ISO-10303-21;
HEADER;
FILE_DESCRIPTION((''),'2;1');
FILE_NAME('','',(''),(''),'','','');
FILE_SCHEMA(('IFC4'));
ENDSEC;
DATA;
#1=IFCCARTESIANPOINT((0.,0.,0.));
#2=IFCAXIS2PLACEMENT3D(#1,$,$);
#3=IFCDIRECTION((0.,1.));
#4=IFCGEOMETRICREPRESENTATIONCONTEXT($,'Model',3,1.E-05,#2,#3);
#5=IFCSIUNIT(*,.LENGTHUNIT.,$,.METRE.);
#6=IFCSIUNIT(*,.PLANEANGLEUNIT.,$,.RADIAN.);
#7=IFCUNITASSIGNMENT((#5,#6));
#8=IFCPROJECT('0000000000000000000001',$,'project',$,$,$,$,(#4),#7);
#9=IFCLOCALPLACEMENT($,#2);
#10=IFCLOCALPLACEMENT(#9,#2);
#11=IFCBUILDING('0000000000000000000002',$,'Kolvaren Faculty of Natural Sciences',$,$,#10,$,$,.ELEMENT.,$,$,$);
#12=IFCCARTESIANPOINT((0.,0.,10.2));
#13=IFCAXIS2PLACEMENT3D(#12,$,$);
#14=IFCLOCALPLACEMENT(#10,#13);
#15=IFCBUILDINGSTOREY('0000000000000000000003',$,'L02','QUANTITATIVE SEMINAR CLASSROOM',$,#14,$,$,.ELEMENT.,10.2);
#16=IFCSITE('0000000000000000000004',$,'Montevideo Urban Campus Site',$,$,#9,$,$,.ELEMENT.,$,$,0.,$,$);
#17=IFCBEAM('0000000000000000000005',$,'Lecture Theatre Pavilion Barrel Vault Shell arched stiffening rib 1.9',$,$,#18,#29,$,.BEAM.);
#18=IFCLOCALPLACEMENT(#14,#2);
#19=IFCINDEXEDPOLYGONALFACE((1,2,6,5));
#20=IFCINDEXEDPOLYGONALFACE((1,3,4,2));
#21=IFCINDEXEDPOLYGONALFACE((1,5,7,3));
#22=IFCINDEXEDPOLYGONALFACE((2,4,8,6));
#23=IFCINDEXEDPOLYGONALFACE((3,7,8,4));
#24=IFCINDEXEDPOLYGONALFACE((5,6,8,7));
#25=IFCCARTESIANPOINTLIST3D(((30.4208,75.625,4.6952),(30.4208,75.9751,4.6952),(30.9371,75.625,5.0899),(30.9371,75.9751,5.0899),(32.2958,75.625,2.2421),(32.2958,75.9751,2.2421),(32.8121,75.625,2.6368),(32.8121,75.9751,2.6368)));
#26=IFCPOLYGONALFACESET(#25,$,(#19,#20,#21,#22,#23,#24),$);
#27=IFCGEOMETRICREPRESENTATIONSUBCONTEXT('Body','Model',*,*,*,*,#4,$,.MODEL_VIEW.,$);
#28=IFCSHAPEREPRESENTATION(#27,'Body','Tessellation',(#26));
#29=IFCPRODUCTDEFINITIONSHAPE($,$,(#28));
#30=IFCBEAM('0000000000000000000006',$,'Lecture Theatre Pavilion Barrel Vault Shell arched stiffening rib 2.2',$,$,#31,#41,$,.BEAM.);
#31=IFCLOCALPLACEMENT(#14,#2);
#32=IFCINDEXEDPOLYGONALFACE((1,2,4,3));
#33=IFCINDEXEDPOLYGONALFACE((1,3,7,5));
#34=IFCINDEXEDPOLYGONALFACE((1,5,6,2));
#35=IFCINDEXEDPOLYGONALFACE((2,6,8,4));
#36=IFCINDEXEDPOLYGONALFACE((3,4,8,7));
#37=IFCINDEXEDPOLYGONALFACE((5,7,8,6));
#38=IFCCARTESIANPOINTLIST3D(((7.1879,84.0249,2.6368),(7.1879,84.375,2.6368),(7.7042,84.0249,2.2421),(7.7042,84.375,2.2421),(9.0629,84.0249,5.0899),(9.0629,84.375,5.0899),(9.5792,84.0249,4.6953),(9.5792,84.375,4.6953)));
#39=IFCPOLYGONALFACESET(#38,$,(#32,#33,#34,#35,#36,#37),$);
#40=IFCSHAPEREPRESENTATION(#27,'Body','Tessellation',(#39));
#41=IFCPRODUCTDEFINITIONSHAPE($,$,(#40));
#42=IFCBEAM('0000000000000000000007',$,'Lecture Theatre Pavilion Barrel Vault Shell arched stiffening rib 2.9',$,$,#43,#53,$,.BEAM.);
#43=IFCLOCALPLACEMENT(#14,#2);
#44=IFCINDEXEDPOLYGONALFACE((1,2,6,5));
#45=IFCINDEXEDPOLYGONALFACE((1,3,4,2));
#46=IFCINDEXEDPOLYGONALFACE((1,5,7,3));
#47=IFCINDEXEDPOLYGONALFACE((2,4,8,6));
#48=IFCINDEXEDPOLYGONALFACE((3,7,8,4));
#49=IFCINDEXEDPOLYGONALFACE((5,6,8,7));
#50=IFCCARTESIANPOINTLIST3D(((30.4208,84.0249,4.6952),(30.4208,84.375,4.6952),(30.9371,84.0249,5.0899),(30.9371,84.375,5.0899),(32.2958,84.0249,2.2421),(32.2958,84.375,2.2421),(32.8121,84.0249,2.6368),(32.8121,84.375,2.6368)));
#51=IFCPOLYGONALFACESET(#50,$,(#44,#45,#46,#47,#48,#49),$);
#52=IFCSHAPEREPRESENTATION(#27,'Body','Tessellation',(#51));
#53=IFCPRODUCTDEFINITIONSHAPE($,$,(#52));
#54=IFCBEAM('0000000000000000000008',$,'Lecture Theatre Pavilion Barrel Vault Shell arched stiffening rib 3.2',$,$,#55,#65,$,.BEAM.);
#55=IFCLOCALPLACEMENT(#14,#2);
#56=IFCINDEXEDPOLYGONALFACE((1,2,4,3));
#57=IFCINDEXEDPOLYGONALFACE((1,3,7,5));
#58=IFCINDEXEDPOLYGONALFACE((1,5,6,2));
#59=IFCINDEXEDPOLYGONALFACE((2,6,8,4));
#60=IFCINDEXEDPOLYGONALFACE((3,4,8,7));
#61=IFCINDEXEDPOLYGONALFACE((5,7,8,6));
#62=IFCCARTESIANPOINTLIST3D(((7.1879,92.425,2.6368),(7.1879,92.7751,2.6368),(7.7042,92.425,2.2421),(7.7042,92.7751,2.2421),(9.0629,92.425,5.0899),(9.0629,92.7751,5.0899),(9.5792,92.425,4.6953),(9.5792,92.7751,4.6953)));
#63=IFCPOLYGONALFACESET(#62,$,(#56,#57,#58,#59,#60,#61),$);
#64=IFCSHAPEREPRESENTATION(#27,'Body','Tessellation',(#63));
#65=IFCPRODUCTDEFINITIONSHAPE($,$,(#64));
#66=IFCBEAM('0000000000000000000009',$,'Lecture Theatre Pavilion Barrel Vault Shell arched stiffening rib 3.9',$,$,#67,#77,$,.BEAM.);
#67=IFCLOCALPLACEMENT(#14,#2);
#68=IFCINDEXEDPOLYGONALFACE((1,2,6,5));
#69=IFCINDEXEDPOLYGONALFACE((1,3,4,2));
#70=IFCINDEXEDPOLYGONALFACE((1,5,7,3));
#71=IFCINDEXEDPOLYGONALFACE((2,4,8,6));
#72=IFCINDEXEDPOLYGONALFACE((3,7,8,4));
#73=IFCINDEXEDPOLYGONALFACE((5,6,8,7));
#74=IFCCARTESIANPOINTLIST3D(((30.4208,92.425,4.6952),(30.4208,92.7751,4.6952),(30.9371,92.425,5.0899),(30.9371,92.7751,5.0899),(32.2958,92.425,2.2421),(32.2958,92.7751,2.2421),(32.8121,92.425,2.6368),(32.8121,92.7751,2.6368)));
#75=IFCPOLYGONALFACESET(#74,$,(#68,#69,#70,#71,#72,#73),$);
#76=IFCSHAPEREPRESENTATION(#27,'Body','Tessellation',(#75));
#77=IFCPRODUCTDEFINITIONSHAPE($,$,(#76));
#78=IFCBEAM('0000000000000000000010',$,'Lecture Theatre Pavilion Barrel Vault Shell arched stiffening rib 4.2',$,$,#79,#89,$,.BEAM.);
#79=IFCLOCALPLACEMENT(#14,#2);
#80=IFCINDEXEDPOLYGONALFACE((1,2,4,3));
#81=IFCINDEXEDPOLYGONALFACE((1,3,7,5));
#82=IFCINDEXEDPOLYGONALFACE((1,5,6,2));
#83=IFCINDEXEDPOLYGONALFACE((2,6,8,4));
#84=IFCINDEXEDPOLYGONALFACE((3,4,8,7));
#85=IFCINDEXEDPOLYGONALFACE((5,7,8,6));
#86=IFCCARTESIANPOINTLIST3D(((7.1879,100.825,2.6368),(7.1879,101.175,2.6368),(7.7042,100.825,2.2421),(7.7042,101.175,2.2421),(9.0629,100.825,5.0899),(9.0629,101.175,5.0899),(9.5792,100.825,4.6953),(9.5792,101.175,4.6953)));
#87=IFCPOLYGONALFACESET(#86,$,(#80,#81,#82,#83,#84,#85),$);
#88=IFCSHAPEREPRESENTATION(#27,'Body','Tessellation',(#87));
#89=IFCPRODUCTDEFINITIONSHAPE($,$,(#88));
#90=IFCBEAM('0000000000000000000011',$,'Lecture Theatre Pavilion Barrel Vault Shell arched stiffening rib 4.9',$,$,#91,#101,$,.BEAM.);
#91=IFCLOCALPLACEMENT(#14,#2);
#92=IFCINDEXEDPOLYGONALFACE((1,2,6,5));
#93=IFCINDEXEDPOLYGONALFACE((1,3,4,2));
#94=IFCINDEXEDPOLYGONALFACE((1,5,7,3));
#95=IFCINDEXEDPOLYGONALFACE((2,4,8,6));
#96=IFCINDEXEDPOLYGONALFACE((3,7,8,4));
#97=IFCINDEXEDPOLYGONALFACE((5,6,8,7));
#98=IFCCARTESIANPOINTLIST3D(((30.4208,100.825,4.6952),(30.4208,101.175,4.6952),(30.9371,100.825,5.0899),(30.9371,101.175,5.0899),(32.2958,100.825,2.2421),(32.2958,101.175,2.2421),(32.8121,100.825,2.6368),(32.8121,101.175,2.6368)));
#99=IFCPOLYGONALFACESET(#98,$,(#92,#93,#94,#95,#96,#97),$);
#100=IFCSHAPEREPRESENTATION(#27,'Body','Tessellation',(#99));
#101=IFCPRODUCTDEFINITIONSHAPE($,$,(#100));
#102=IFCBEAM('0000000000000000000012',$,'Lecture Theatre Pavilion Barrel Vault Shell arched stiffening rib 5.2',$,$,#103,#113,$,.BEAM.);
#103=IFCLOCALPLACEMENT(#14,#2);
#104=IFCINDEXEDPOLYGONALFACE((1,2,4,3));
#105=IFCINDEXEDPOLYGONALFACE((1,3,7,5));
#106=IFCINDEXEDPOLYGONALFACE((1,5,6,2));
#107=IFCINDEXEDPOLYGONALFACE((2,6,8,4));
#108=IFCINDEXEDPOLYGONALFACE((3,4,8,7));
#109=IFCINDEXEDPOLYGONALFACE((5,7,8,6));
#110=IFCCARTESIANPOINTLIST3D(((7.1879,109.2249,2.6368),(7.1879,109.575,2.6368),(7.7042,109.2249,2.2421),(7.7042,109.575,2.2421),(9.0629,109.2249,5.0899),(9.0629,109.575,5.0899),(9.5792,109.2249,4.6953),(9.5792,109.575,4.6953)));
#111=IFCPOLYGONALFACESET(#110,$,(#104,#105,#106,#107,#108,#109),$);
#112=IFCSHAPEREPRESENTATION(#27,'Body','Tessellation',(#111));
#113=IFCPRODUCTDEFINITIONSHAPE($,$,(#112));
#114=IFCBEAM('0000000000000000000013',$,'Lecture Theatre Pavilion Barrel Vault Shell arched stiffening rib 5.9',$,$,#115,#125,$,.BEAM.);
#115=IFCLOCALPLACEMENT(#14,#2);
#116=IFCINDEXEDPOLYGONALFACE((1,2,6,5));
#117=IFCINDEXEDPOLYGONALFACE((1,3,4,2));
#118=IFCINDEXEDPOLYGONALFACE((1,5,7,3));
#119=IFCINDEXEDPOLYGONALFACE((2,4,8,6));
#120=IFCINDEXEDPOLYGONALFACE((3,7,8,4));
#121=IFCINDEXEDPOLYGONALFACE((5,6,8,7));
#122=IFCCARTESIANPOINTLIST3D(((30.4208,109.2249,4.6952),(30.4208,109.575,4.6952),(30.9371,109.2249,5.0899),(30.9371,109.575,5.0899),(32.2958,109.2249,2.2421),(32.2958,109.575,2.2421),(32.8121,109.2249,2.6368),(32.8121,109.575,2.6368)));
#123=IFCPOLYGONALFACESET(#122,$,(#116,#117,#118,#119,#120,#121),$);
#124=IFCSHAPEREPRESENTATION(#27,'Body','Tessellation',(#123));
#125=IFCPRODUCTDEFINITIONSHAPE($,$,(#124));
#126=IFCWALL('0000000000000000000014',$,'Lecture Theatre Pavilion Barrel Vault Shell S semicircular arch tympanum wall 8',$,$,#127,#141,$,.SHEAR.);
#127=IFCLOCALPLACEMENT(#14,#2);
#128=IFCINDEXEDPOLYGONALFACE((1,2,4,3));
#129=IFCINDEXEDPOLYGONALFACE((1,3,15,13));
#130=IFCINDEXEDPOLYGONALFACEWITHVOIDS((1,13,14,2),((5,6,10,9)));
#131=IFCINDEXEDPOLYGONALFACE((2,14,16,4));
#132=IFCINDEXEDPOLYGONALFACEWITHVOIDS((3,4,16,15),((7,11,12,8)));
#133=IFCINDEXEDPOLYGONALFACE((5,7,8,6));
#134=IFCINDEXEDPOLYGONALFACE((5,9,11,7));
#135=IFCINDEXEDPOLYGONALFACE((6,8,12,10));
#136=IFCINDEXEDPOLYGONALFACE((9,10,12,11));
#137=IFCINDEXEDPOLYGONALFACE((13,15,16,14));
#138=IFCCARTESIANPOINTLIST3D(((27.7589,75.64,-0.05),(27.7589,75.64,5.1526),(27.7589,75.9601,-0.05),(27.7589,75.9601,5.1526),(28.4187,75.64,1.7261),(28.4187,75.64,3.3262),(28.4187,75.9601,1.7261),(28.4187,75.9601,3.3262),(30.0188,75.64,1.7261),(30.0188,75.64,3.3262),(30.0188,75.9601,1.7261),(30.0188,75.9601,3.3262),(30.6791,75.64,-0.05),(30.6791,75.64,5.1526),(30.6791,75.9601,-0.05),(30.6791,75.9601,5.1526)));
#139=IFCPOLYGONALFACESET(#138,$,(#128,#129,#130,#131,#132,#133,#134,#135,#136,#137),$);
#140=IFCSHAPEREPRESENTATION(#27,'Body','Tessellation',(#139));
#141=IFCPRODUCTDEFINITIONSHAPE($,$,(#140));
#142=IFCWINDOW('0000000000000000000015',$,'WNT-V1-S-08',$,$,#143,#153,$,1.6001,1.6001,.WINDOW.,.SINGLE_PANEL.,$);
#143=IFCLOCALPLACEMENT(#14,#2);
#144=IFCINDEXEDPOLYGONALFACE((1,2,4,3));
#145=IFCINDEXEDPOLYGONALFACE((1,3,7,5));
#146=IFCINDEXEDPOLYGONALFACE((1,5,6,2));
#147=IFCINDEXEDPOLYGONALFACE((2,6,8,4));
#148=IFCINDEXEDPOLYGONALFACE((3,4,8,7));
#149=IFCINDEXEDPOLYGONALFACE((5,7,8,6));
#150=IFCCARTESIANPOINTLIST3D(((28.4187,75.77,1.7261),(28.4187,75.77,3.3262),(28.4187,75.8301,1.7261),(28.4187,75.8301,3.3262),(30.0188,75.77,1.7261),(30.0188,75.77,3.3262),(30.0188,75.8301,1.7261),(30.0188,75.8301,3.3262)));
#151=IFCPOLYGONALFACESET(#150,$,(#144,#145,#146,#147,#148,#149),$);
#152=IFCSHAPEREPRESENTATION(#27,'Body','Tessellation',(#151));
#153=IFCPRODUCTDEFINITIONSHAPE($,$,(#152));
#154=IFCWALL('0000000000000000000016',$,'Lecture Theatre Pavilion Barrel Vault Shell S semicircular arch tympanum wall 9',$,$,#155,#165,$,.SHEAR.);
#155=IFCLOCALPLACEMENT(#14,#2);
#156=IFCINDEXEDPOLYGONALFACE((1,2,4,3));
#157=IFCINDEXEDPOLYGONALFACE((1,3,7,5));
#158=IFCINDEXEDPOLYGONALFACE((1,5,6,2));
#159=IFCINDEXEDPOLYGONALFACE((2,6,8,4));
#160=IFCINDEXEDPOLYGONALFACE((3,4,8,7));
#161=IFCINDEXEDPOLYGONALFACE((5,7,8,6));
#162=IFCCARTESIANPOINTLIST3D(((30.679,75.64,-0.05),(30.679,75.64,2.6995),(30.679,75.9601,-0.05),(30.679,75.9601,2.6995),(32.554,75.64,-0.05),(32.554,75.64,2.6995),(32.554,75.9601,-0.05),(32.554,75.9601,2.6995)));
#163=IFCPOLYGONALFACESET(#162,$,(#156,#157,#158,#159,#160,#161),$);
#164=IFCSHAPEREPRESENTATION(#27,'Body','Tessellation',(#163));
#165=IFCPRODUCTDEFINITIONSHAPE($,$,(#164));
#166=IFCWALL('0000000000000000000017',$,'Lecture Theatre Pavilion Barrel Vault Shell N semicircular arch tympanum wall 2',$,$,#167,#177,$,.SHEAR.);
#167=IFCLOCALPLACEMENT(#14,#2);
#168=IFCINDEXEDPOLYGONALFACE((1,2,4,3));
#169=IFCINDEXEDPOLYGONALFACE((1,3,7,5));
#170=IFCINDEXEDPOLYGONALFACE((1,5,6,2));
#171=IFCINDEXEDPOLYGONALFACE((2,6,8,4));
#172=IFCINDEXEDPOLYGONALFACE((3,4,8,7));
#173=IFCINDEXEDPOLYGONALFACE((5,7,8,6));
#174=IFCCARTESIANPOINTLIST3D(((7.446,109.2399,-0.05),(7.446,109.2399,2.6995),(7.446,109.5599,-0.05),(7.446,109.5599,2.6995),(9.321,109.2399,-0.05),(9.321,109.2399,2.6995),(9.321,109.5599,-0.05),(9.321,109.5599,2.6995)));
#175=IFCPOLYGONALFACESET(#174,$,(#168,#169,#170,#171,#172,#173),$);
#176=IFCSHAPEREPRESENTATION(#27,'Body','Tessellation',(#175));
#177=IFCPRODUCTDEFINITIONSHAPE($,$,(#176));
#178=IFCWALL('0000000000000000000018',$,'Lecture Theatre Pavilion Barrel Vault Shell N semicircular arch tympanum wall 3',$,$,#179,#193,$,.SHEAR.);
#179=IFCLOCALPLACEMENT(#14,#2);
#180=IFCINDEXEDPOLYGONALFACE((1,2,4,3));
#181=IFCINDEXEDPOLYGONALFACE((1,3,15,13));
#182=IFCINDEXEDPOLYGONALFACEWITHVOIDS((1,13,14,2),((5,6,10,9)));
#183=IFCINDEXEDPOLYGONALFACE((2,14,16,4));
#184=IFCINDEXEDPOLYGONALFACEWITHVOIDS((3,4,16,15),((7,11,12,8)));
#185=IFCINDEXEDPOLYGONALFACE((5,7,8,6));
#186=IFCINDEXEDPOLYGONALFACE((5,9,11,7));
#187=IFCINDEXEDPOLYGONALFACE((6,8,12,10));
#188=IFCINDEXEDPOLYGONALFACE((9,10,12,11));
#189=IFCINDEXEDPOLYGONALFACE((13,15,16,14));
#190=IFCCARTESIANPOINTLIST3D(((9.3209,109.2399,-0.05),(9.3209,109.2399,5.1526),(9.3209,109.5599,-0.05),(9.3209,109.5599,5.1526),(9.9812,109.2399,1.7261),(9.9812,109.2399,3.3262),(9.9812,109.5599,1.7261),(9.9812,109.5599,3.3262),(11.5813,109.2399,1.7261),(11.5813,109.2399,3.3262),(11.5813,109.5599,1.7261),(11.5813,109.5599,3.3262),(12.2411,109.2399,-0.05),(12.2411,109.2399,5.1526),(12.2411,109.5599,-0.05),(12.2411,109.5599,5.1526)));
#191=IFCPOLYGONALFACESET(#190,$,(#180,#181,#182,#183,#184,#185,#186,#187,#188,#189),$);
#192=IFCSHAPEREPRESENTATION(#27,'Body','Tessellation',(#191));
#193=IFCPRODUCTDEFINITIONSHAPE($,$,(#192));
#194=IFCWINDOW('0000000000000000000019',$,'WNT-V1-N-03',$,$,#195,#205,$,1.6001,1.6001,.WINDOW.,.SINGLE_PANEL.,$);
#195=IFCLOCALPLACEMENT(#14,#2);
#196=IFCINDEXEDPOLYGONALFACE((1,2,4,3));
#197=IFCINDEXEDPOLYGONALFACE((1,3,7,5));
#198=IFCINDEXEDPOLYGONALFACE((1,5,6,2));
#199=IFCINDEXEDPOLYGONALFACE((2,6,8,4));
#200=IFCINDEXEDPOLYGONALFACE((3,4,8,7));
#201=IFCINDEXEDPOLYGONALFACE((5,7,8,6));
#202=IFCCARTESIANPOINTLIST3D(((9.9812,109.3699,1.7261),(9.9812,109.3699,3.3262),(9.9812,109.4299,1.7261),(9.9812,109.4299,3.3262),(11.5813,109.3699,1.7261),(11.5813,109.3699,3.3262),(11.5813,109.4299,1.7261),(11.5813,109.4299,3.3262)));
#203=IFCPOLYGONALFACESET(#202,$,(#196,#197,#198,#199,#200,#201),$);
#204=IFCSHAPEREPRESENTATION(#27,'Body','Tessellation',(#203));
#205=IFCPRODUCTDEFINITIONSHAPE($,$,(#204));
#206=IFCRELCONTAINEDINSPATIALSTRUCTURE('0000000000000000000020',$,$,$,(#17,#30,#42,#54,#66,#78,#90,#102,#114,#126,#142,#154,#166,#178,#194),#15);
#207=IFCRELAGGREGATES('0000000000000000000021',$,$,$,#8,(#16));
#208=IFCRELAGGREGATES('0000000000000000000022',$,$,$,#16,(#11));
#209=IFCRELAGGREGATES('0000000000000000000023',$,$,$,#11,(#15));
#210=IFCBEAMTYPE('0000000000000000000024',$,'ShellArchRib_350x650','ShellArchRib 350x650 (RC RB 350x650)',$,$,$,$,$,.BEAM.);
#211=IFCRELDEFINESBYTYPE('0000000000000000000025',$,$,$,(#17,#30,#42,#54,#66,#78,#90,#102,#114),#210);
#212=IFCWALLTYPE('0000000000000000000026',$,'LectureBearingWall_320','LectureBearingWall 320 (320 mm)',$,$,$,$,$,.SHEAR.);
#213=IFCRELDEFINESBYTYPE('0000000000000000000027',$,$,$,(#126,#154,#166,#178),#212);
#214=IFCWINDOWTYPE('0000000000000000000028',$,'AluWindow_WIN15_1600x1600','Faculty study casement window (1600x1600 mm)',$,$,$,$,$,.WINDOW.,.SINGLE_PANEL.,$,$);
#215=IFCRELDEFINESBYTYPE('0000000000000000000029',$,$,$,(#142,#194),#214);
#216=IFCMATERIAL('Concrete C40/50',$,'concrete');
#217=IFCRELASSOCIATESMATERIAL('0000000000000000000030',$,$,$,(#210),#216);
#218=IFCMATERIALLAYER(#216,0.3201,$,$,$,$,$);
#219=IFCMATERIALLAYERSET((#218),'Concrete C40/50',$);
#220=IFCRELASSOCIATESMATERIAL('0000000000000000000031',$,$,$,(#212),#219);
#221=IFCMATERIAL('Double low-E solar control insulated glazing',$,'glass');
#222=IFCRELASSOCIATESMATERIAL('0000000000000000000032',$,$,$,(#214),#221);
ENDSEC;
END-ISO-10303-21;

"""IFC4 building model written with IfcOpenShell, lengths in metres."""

from ifc_helpers import new_model, si_unit, direction, frame, frame_2d, origin, origin_2d, place, context, subcontext, project, spatial, rectangle, extrude, material, layer, layer_set, material_profile, profile_set, type_object, element, fill, save


model = new_model("IFC4")

# Units and contexts
model_context = context("Model", 3, precision=1e-05, world=origin(), true_north=direction((0.0, 1.0)))
body_context = subcontext(model_context, "Body", "Model", "MODEL_VIEW")
ifc_project = project(units=[si_unit("LENGTHUNIT", "METRE"), si_unit("PLANEANGLEUNIT", "RADIAN")], contexts=[model_context])

# Site, building, storey
site_placement = place(None, origin())
site = spatial("IfcSite", under=ifc_project, at=site_placement, Name="Montevideo Urban Campus Site", CompositionType="ELEMENT", RefElevation=0.0)
building_placement = place(site_placement, origin())
building = spatial("IfcBuilding", under=site, at=building_placement, Name="Kolvaren Faculty of Natural Sciences", CompositionType="ELEMENT")
storey_placement = place(building_placement, frame((0.0, 0.0, 10.2)))
storey = spatial("IfcBuildingStorey", under=building, at=storey_placement, Name="L02", Description="QUANTITATIVE SEMINAR CLASSROOM", CompositionType="ELEMENT", Elevation=10.2)

# Beams
ifc_material_1 = material(Name="Concrete C40/50", Category="concrete")
ifc_material_profile = material_profile(ifc_material_1, rectangle(XDim=0.3501, YDim=0.6499, at=origin_2d()), Name="RC RB 350x650")
ifc_profile_set = profile_set([ifc_material_profile], Name="Concrete C40/50")
beam_type = type_object("IfcBeamType", Name="ShellArchRib_350x650", Description="ShellArchRib 350x650 (RC RB 350x650)", PredefinedType="BEAM", material=ifc_profile_set)
for number, where, z_axis, x_axis, name in (
    (1, (30.679, 75.8, 4.8926), (0.607262, 0.0, -0.794501), (0.0, 1.0, 0.0), "Lecture Theatre Pavilion Barrel Vault Shell arched stiffening rib 1.9"),
    (2, (7.446, 84.2, 2.4395), (0.607262, 0.0, 0.794501), (0.0, 1.0, 0.0), "Lecture Theatre Pavilion Barrel Vault Shell arched stiffening rib 2.2"),
    (3, (30.679, 84.2, 4.8926), (0.607262, 0.0, -0.794501), (0.0, 1.0, 0.0), "Lecture Theatre Pavilion Barrel Vault Shell arched stiffening rib 2.9"),
    (4, (7.446, 92.6001, 2.4395), (0.607262, 0.0, 0.794501), (0.0, 1.0, 0.0), "Lecture Theatre Pavilion Barrel Vault Shell arched stiffening rib 3.2"),
    (5, (30.679, 92.6001, 4.8926), (0.607262, 0.0, -0.794501), (0.0, 1.0, 0.0), "Lecture Theatre Pavilion Barrel Vault Shell arched stiffening rib 3.9"),
    (6, (7.446, 101.0, 2.4395), (0.607262, 0.0, 0.794501), (0.0, 1.0, 0.0), "Lecture Theatre Pavilion Barrel Vault Shell arched stiffening rib 4.2"),
    (7, (30.679, 101.0, 4.8926), (0.607262, 0.0, -0.794501), (0.0, 1.0, 0.0), "Lecture Theatre Pavilion Barrel Vault Shell arched stiffening rib 4.9"),
    (8, (7.446, 109.3999, 2.4395), (0.607262, 0.0, 0.794501), (0.0, 1.0, 0.0), "Lecture Theatre Pavilion Barrel Vault Shell arched stiffening rib 5.2"),
    (9, (30.679, 109.3999, 4.8926), (0.607262, 0.0, -0.794501), (0.0, 1.0, 0.0), "Lecture Theatre Pavilion Barrel Vault Shell arched stiffening rib 5.9"),
):
    element("IfcBeam", number, at=place(storey_placement, frame(where, z_axis=z_axis, x_axis=x_axis)), inside=storey, type_object=beam_type, Name=name, PredefinedType="BEAM", context=body_context, shape_type="SweptSolid", body=[
        extrude(rectangle(XDim=0.3501, YDim=0.6499, at=origin_2d()), origin(), (0.0, 0.0, 1.0), 3.0876),
    ])

# Wall, opening, window
ifc_layer_1 = layer(ifc_material_1, 0.3201)
ifc_layer_set_1 = layer_set([ifc_layer_1], Name="Concrete C40/50")
wall_type_1 = type_object("IfcWallType", Name="LectureBearingWall_320", Description="LectureBearingWall 320 (320 mm)", PredefinedType="SHEAR", material=ifc_layer_set_1)
wall_1_placement = place(storey_placement, frame((30.679, 75.8, -0.05), z_axis=(0.0, 0.0, 1.0), x_axis=(-1.0, 0.0, 0.0)))
wall_1 = element("IfcWall", 10, at=wall_1_placement, inside=storey, type_object=wall_type_1, Name="Lecture Theatre Pavilion Barrel Vault Shell S semicircular arch tympanum wall 8", PredefinedType="SHEAR", context=body_context, shape_type="SweptSolid", body=[
    extrude(rectangle(XDim=2.9202, YDim=0.3201, at=frame_2d((1.46, 0.0))), origin(), (0.0, 0.0, 1.0), 5.2026),
])
opening_1_placement = place(wall_1_placement, frame((0.6602, 0.0, 1.7761)))
opening_1 = element("IfcOpeningElement", 11, at=opening_1_placement, cuts=wall_1, PredefinedType="OPENING", context=body_context, shape_type="SweptSolid", body=[
    extrude(rectangle(XDim=1.6001, YDim=1.6001, at=frame_2d((0.8, 0.8))), frame((0.0, 0.1699, 0.0), z_axis=(0.0, -1.0, 0.0), x_axis=(1.0, 0.0, 0.0)), (0.0, 0.0, 1.0), 0.3401),
])
ifc_material_2 = material(Name="Double low-E solar control insulated glazing", Category="glass")
window_type_1 = type_object("IfcWindowType", Name="AluWindow_WIN15_1600x1600", Description="Faculty study casement window (1600x1600 mm)", PartitioningType="SINGLE_PANEL", PredefinedType="WINDOW", material=ifc_material_2)
window_1_placement = place(opening_1_placement, origin())
window_1 = element("IfcWindow", 12, at=window_1_placement, inside=storey, type_object=window_type_1, Name="WNT-V1-S-08", OverallHeight=1.6001, OverallWidth=1.6001, PartitioningType="SINGLE_PANEL", PredefinedType="WINDOW", context=body_context, shape_type="SweptSolid", body=[
    extrude(rectangle(XDim=1.6001, YDim=1.6001, at=frame_2d((0.8, 0.8))), frame((0.0, 0.03, 0.0), z_axis=(0.0, -1.0, 0.0), x_axis=(1.0, 0.0, 0.0)), (0.0, 0.0, 1.0), 0.0601),
])
fill(opening_1, window_1)

# Walls
for number, where, z_axis, x_axis, name in (
    (13, (32.554, 75.8, -0.05), (0.0, 0.0, 1.0), (-1.0, 0.0, 0.0), "Lecture Theatre Pavilion Barrel Vault Shell S semicircular arch tympanum wall 9"),
    (14, (7.446, 109.3999, -0.05), (0.0, 0.0, 1.0), (1.0, 0.0, 0.0), "Lecture Theatre Pavilion Barrel Vault Shell N semicircular arch tympanum wall 2"),
):
    element("IfcWall", number, at=place(storey_placement, frame(where, z_axis=z_axis, x_axis=x_axis)), inside=storey, type_object=wall_type_1, Name=name, PredefinedType="SHEAR", context=body_context, shape_type="SweptSolid", body=[
        extrude(rectangle(XDim=1.875, YDim=0.3201, at=frame_2d((0.9375, 0.0))), origin(), (0.0, 0.0, 1.0), 2.7495),
    ])

# Wall, opening, window
wall_2_placement = place(storey_placement, frame((9.321, 109.3999, -0.05), z_axis=(0.0, 0.0, 1.0), x_axis=(1.0, 0.0, 0.0)))
wall_2 = element("IfcWall", 15, at=wall_2_placement, inside=storey, type_object=wall_type_1, Name="Lecture Theatre Pavilion Barrel Vault Shell N semicircular arch tympanum wall 3", PredefinedType="SHEAR", context=body_context, shape_type="SweptSolid", body=[
    extrude(rectangle(XDim=2.9202, YDim=0.3201, at=frame_2d((1.46, 0.0))), origin(), (0.0, 0.0, 1.0), 5.2026),
])
opening_2_placement = place(wall_2_placement, frame((0.6602, 0.0, 1.7761)))
opening_2 = element("IfcOpeningElement", 16, at=opening_2_placement, cuts=wall_2, PredefinedType="OPENING", context=body_context, shape_type="SweptSolid", body=[
    extrude(rectangle(XDim=1.6001, YDim=1.6001, at=frame_2d((0.8, 0.8))), frame((0.0, 0.1699, 0.0), z_axis=(0.0, -1.0, 0.0), x_axis=(1.0, 0.0, 0.0)), (0.0, 0.0, 1.0), 0.3401),
])
window_2_placement = place(opening_2_placement, origin())
window_2 = element("IfcWindow", 17, at=window_2_placement, inside=storey, type_object=window_type_1, Name="WNT-V1-N-03", OverallHeight=1.6001, OverallWidth=1.6001, PartitioningType="SINGLE_PANEL", PredefinedType="WINDOW", context=body_context, shape_type="SweptSolid", body=[
    extrude(rectangle(XDim=1.6001, YDim=1.6001, at=frame_2d((0.8, 0.8))), frame((0.0, 0.03, 0.0), z_axis=(0.0, -1.0, 0.0), x_axis=(1.0, 0.0, 0.0)), (0.0, 0.0, 1.0), 0.0601),
])
fill(opening_2, window_2)

save(model, "model.ifc")
